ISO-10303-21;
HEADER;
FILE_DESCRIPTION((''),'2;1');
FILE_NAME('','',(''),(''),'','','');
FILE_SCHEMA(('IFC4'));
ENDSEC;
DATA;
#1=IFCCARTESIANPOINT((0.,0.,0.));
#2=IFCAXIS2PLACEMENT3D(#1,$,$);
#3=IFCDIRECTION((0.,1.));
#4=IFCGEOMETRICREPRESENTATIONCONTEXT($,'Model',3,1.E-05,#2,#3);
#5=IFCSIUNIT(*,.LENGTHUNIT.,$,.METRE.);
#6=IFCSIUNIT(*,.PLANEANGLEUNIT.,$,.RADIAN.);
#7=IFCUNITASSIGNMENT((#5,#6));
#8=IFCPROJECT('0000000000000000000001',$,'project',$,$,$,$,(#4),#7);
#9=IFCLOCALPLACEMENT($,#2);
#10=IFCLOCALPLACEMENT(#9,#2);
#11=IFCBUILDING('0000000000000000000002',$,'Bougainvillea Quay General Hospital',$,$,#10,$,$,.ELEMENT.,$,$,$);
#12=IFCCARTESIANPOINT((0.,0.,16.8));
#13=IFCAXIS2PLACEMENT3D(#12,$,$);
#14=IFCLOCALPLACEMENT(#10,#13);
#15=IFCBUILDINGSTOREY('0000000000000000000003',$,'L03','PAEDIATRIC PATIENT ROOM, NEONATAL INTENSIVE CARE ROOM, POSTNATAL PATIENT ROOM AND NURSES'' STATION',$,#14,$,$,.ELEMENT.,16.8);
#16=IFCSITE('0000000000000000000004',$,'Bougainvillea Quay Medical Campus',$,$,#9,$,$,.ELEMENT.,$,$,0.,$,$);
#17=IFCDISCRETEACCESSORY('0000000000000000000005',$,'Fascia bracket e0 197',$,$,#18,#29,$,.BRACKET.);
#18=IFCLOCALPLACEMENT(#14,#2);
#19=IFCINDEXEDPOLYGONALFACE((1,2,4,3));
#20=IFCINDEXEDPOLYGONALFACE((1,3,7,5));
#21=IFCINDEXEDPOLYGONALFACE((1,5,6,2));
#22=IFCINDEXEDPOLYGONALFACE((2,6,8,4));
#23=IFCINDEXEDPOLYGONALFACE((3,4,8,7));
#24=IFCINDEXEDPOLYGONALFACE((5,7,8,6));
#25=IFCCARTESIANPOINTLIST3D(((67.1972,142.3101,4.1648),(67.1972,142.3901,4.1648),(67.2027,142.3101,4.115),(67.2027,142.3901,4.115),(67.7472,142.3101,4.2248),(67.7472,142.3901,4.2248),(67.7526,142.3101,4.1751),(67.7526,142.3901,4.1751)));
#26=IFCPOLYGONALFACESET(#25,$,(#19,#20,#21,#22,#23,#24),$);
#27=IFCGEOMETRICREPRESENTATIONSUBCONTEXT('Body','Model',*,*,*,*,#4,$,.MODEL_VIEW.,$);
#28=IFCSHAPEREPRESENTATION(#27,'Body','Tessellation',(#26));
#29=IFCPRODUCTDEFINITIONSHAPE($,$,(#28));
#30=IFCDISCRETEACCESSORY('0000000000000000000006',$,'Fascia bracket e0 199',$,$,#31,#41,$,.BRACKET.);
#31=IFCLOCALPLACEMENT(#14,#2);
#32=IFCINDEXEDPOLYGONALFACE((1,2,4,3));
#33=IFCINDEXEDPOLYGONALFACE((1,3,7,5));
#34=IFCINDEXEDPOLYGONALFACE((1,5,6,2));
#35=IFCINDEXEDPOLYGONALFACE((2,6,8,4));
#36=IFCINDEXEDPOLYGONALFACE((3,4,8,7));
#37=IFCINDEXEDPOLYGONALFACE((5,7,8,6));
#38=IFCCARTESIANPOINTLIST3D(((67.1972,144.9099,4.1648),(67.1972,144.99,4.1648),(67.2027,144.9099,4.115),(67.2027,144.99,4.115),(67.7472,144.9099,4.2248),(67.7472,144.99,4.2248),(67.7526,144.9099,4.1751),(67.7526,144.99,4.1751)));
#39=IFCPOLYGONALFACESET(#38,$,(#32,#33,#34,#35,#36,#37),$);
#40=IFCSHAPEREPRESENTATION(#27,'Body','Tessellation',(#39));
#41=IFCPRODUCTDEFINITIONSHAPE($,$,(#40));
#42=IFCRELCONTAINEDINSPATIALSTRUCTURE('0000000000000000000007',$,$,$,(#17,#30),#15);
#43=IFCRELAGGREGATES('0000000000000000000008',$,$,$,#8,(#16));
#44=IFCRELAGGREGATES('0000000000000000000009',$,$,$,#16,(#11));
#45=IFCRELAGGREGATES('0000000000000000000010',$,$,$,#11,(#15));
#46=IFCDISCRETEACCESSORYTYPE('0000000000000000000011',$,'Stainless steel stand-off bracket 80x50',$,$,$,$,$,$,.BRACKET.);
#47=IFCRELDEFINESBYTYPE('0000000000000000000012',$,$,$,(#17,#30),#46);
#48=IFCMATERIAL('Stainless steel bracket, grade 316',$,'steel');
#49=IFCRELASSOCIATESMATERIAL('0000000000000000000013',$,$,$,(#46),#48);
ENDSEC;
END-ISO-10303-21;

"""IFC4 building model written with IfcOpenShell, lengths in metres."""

from ifc_helpers import new_model, si_unit, direction, frame, origin, origin_2d, place, context, subcontext, project, spatial, rectangle, extrude, material, material_profile, profile_set, type_object, element, save


model = new_model("IFC4")

# Units and contexts
model_context = context("Model", 3, precision=1e-05, world=origin(), true_north=direction((0.0, 1.0)))
body_context = subcontext(model_context, "Body", "Model", "MODEL_VIEW")
ifc_project = project(units=[si_unit("LENGTHUNIT", "METRE"), si_unit("PLANEANGLEUNIT", "RADIAN")], contexts=[model_context])

# Site, building, storey
site_placement = place(None, origin())
site = spatial("IfcSite", under=ifc_project, at=site_placement, Name="Bougainvillea Quay Medical Campus", CompositionType="ELEMENT", RefElevation=0.0)
building_placement = place(site_placement, origin())
building = spatial("IfcBuilding", under=site, at=building_placement, Name="Bougainvillea Quay General Hospital", CompositionType="ELEMENT")
storey_placement = place(building_placement, frame((0.0, 0.0, 16.8)))
storey = spatial("IfcBuildingStorey", under=building, at=storey_placement, Name="L03", Description="PAEDIATRIC PATIENT ROOM, NEONATAL INTENSIVE CARE ROOM, POSTNATAL PATIENT ROOM AND NURSES' STATION", CompositionType="ELEMENT", Elevation=16.8)

# Discrete accessories
ifc_material_1 = material(Name="Stainless steel bracket, grade 316", Category="steel")
ifc_material_profile_1 = material_profile(ifc_material_1, rectangle(XDim=0.0801, YDim=0.05, at=origin_2d()))
ifc_profile_set_1 = profile_set([ifc_material_profile_1], Name="Stainless steel bracket, grade 316")
discrete_accessory_type_1 = type_object("IfcDiscreteAccessoryType", Name="Stainless steel stand-off bracket 80x50", PredefinedType="BRACKET", material=ifc_profile_set_1)
for number, where, z_axis, x_axis, name in (
    (1, (67.2, 142.3501, 4.1399), (0.994092, 0.0, 0.108543), (0.0, 1.0, 0.0), "Fascia bracket e0 197"),
    (2, (67.2, 144.95, 4.1399), (0.994092, 0.0, 0.108543), (0.0, 1.0, 0.0), "Fascia bracket e0 199"),
):
    element("IfcDiscreteAccessory", number, at=place(storey_placement, frame(where, z_axis=z_axis, x_axis=x_axis)), inside=storey, type_object=discrete_accessory_type_1, Name=name, PredefinedType="BRACKET", context=body_context, shape_type="SweptSolid", body=[
        extrude(rectangle(XDim=0.0801, YDim=0.05, at=origin_2d()), origin(), (0.0, 0.0, 1.0), 0.5532),
    ])

save(model, "model.ifc")
